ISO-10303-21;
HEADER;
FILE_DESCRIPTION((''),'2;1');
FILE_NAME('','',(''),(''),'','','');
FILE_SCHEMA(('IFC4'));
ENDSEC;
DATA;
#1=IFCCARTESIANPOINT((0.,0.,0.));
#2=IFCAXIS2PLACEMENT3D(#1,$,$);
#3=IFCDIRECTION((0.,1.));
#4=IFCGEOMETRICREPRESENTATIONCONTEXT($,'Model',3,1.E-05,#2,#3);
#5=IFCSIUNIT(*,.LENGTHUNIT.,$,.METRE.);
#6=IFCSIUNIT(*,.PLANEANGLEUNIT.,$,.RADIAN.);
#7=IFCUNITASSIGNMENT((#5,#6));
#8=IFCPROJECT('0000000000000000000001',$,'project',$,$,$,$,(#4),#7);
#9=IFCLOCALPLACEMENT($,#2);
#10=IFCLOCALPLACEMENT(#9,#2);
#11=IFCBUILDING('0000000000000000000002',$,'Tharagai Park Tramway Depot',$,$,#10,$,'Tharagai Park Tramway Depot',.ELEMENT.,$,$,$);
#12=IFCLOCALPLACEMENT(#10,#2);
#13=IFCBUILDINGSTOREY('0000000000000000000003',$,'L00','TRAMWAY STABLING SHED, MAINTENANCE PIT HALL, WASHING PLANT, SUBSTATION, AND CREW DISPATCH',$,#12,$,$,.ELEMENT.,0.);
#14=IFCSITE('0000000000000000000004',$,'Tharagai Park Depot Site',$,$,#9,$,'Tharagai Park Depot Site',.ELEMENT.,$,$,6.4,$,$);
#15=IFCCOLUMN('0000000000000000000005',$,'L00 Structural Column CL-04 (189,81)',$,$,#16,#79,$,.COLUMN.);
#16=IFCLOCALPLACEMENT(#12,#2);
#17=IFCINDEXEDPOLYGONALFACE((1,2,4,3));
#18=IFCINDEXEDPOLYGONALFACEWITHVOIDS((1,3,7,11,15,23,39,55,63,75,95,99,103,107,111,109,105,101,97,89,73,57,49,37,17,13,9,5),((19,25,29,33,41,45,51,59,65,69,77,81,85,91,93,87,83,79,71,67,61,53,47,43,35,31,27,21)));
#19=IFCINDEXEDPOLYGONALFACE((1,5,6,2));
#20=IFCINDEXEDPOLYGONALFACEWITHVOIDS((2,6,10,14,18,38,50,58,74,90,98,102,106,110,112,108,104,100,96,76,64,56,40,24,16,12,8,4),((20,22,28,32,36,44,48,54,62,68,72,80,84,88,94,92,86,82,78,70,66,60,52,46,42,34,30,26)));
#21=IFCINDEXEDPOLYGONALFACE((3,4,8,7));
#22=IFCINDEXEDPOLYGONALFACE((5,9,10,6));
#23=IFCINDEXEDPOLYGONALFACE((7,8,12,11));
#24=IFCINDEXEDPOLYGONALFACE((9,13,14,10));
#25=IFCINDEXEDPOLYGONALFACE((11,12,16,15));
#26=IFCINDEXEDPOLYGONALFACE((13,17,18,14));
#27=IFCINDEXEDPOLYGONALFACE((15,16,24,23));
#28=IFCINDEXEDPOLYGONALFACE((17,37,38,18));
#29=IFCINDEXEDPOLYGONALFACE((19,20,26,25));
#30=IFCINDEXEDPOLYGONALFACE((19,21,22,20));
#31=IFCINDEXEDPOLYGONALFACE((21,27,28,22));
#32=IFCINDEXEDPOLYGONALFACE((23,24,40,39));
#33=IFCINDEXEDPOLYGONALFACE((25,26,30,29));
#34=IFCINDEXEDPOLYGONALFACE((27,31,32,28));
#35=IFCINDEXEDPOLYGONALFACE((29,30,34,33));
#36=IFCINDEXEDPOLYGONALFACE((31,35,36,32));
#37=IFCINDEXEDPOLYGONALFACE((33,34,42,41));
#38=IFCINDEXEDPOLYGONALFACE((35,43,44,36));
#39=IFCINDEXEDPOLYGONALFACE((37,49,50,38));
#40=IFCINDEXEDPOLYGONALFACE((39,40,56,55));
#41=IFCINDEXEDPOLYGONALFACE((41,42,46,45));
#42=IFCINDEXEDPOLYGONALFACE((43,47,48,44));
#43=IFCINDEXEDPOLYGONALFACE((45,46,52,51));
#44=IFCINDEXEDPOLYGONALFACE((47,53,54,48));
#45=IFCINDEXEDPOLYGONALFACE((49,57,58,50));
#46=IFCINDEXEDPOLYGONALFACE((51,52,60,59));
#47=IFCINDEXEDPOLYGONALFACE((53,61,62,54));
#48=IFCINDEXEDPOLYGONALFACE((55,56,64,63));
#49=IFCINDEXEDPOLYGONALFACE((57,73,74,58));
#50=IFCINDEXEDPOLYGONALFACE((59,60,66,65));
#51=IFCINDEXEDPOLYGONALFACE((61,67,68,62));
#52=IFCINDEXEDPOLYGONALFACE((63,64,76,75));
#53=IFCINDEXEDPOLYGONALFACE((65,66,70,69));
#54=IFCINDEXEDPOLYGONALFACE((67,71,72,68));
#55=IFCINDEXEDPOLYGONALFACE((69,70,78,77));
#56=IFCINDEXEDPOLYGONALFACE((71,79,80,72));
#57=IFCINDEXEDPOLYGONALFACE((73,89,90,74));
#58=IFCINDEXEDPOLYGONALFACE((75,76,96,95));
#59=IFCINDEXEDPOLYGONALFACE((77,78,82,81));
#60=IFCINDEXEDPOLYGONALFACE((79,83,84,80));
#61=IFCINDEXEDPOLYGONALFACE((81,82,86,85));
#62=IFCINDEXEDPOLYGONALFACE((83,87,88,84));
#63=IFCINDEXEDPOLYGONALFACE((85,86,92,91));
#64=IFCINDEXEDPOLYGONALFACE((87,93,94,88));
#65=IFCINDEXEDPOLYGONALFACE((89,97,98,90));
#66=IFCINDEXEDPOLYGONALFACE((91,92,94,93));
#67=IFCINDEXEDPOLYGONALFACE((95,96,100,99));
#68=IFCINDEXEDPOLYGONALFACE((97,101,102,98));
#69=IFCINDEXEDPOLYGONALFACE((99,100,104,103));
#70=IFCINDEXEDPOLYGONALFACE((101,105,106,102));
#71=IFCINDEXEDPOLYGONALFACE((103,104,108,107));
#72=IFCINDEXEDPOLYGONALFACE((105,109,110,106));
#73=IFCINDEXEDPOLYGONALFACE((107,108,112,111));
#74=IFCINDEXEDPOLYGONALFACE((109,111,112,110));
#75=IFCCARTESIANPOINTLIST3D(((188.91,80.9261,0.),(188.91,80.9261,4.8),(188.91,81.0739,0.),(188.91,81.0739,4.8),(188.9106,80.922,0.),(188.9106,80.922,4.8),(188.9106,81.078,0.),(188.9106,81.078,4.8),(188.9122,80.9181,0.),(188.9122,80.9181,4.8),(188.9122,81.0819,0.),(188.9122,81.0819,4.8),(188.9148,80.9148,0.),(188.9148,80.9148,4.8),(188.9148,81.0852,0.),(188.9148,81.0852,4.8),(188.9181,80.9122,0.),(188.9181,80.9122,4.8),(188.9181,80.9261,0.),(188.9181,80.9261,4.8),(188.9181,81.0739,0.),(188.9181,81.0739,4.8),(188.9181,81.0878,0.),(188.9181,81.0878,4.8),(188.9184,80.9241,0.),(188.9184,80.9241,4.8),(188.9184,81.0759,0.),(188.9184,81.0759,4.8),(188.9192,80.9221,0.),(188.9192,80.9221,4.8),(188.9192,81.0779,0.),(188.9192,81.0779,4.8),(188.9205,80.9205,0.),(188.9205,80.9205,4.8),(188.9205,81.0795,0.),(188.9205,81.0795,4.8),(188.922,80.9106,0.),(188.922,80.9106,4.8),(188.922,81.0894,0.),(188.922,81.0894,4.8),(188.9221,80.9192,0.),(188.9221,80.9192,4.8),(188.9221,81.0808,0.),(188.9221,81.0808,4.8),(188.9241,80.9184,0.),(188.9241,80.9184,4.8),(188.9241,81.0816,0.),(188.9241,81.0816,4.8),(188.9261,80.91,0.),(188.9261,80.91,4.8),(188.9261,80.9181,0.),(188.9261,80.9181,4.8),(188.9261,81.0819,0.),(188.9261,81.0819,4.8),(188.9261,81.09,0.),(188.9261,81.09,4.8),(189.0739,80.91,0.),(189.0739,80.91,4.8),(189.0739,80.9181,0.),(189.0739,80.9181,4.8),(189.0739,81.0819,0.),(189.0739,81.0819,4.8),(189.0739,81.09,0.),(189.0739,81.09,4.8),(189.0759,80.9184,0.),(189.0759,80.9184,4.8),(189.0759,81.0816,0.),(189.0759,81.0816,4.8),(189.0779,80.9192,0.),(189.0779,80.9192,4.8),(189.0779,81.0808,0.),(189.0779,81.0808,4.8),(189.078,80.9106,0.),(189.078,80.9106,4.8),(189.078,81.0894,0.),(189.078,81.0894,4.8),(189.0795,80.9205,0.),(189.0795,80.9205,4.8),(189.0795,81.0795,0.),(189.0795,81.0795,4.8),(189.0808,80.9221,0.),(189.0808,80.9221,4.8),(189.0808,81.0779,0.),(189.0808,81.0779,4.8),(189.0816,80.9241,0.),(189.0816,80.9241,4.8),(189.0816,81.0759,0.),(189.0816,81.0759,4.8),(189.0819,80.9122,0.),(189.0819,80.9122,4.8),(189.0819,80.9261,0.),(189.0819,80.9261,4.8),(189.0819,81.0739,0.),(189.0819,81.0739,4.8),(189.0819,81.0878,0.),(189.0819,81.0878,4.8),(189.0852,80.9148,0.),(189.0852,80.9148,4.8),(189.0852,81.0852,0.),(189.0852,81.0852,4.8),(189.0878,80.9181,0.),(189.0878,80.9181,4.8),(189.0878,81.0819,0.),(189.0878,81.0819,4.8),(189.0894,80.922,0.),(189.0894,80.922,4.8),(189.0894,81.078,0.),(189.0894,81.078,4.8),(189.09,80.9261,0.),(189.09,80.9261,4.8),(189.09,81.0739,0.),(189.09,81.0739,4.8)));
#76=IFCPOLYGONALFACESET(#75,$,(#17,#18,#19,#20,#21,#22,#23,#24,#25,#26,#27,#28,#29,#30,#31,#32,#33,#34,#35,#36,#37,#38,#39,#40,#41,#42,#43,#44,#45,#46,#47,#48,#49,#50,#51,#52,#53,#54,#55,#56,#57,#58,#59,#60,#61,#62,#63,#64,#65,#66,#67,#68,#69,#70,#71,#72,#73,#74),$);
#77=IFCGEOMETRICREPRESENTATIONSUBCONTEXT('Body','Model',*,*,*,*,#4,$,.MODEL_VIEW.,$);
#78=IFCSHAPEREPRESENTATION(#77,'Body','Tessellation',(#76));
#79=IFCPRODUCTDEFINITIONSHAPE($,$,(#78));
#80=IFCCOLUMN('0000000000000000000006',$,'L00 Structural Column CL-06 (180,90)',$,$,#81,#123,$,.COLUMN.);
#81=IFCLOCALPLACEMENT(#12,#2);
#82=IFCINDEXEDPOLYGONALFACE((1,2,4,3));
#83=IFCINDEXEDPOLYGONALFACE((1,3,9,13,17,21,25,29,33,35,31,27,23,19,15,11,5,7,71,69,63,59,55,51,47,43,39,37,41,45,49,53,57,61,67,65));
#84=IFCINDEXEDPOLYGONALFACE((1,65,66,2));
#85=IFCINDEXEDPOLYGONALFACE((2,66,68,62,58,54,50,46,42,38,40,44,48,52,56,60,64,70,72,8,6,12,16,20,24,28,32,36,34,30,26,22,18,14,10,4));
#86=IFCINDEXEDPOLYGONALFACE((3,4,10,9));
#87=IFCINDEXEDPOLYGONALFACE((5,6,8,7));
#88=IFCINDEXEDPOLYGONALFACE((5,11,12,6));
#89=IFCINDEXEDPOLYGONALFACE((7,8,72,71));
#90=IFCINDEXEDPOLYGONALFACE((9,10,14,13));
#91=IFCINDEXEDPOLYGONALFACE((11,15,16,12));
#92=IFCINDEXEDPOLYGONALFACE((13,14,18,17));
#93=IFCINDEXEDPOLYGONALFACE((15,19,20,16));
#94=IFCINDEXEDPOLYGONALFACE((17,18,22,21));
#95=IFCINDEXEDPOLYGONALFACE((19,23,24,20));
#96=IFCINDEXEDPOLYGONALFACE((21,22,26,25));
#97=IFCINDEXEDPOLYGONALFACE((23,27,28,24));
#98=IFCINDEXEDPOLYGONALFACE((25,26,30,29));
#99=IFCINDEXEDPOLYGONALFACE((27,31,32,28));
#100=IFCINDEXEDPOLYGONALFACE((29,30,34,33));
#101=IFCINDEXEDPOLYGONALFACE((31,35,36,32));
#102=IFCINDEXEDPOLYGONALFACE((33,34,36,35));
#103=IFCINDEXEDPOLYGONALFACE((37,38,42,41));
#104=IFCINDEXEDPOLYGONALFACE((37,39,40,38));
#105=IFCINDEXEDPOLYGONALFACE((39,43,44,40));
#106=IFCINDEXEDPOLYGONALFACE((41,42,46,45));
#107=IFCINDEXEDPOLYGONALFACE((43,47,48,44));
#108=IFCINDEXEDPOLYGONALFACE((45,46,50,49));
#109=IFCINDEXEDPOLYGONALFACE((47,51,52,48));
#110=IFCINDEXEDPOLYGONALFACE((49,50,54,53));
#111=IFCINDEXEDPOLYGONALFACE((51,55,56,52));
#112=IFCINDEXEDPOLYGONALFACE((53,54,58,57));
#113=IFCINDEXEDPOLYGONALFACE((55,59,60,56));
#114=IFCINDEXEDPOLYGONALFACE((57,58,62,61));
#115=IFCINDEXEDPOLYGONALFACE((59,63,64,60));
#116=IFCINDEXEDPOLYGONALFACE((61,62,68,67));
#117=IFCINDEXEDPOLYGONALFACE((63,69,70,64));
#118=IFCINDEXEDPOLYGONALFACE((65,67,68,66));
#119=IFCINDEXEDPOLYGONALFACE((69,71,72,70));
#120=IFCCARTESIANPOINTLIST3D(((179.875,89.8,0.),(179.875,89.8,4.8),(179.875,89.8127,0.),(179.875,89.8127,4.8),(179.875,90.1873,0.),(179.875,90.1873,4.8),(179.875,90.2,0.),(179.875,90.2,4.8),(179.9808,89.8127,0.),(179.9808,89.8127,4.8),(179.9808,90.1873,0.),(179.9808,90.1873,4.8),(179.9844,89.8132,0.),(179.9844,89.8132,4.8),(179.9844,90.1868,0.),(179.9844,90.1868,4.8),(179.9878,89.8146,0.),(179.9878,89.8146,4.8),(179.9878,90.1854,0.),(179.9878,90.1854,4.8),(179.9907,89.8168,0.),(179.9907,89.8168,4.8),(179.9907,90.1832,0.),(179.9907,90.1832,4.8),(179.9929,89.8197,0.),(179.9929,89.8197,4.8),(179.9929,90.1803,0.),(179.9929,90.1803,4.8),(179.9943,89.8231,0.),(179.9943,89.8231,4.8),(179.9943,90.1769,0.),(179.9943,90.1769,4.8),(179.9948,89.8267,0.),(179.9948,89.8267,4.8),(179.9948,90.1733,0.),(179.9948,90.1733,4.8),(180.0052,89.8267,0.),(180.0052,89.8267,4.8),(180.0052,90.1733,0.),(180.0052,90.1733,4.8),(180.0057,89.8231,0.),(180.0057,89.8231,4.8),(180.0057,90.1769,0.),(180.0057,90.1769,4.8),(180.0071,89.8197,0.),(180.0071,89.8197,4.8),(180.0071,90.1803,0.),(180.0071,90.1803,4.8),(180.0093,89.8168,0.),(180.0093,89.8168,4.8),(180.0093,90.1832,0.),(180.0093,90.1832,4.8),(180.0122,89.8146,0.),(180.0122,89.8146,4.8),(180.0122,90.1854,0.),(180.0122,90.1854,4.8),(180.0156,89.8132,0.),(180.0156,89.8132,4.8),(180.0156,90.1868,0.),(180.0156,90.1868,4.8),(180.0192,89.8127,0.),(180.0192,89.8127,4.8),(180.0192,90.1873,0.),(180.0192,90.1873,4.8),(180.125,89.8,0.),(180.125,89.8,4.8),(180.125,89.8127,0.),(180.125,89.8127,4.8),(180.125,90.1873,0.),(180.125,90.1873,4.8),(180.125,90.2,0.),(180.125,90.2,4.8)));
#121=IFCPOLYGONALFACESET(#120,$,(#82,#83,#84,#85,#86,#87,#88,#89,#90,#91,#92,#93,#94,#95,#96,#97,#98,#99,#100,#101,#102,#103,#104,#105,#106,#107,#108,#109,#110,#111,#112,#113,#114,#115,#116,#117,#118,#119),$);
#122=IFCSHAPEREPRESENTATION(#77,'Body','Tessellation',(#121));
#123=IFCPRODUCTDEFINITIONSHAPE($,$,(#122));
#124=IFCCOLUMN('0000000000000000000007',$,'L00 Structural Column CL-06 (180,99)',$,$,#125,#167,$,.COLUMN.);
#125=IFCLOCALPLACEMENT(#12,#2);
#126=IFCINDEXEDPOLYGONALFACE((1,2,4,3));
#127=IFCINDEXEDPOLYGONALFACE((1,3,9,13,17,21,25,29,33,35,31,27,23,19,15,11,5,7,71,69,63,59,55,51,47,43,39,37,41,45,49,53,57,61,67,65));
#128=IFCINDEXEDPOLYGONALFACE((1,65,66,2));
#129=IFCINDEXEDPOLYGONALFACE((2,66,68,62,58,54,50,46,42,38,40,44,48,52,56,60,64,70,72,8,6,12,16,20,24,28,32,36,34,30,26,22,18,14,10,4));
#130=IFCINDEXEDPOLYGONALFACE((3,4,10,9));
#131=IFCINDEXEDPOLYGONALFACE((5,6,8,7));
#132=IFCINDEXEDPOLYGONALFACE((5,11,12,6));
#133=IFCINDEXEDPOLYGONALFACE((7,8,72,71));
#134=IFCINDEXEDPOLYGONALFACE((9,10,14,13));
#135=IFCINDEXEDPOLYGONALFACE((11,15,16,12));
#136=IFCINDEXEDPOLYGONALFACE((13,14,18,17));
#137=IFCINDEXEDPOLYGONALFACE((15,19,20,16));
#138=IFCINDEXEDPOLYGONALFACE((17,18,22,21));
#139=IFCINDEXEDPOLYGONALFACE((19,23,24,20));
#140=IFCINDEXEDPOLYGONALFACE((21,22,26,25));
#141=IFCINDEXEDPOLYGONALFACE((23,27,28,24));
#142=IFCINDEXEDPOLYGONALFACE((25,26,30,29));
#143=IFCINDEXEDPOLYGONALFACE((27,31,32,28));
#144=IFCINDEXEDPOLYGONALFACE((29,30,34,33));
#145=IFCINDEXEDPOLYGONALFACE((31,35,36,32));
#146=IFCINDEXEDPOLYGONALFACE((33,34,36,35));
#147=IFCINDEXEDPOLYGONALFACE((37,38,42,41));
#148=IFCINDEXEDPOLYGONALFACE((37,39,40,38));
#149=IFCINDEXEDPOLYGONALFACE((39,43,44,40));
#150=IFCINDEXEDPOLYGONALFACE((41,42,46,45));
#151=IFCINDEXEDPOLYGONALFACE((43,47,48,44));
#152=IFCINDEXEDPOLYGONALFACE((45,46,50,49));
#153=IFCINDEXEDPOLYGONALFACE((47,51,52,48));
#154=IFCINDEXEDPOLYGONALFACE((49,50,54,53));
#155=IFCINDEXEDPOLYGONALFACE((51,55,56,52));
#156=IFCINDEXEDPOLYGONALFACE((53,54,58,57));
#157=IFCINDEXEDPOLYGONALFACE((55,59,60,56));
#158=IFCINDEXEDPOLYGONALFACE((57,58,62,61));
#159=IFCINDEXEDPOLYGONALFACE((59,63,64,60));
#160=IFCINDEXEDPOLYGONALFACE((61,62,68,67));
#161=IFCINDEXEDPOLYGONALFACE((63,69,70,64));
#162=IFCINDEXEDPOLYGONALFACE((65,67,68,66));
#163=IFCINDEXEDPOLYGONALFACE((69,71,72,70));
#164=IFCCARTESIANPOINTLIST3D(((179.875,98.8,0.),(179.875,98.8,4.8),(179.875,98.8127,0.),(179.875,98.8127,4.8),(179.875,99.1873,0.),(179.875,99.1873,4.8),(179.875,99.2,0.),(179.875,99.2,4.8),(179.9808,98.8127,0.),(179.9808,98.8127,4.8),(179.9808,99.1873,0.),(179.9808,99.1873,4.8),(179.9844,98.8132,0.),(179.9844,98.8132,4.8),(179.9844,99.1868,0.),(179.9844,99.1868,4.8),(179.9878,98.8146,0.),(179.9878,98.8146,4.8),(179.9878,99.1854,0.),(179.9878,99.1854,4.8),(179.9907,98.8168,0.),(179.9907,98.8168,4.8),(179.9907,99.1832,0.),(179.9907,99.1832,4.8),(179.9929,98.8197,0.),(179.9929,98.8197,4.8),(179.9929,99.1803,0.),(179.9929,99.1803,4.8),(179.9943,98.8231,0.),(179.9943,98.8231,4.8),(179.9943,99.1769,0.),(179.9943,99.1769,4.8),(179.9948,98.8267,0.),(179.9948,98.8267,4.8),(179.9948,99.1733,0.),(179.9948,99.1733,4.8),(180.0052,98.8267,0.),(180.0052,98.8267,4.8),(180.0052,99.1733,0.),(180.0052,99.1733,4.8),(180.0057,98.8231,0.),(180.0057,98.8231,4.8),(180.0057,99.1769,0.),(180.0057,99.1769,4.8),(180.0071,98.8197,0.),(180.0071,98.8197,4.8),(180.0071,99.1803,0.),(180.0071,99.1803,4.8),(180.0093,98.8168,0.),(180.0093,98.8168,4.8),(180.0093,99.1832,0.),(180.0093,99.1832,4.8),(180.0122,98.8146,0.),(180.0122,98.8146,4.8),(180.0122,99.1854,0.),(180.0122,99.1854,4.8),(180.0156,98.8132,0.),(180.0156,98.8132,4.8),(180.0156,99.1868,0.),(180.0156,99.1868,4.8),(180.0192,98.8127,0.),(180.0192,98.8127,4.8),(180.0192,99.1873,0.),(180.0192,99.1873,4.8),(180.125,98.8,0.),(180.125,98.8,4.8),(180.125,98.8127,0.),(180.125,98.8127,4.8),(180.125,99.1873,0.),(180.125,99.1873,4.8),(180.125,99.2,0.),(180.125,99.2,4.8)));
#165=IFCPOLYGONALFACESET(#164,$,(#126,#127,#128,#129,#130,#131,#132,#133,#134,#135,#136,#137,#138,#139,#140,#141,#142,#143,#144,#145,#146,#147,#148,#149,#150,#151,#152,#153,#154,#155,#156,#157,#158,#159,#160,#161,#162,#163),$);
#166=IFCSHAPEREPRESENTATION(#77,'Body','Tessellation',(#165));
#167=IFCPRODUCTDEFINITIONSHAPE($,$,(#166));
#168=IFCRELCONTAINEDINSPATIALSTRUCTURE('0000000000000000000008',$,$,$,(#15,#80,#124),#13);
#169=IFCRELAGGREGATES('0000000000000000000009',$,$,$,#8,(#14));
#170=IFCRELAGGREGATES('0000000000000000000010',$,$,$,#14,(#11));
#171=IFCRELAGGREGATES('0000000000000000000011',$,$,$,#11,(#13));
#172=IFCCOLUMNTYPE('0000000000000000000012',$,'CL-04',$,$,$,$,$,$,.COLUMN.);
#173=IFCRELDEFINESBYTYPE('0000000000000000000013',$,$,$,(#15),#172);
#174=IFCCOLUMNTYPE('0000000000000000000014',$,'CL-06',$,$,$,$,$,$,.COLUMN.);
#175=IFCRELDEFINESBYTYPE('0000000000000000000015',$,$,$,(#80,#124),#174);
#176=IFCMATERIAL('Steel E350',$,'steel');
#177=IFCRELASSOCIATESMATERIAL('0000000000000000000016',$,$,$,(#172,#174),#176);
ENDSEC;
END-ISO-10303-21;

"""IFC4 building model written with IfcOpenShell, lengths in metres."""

from ifc_helpers import new_model, si_unit, direction, frame, origin, origin_2d, place, context, subcontext, project, spatial, hollow_rectangle, i_section, extrude, material, material_profile, profile_set, type_object, element, save


model = new_model("IFC4")

# Units and contexts
model_context = context("Model", 3, precision=1e-05, world=origin(), true_north=direction((0.0, 1.0)))
body_context = subcontext(model_context, "Body", "Model", "MODEL_VIEW")
ifc_project = project(units=[si_unit("LENGTHUNIT", "METRE"), si_unit("PLANEANGLEUNIT", "RADIAN")], contexts=[model_context])

# Site, building, storey
site_placement = place(None, origin())
site = spatial("IfcSite", under=ifc_project, at=site_placement, Name="Tharagai Park Depot Site", LongName="Tharagai Park Depot Site", CompositionType="ELEMENT", RefElevation=6.4)
building_placement = place(site_placement, origin())
building = spatial("IfcBuilding", under=site, at=building_placement, Name="Tharagai Park Tramway Depot", LongName="Tharagai Park Tramway Depot", CompositionType="ELEMENT")
storey_placement = place(building_placement, origin())
storey = spatial("IfcBuildingStorey", under=building, at=storey_placement, Name="L00", Description="TRAMWAY STABLING SHED, MAINTENANCE PIT HALL, WASHING PLANT, SUBSTATION, AND CREW DISPATCH", CompositionType="ELEMENT", Elevation=0.0)

# Columns
ifc_material_1 = material(Name="Steel E350", Category="steel")
ifc_material_profile_1 = material_profile(ifc_material_1, hollow_rectangle(XDim=0.1799, YDim=0.1799, WallThickness=0.0081, InnerFilletRadius=0.0081, OuterFilletRadius=0.0161, at=origin_2d()), Name="SHS 180x180x8")
ifc_profile_set_1 = profile_set([ifc_material_profile_1], Name="Steel E350")
column_type_1 = type_object("IfcColumnType", Name="CL-04", PredefinedType="COLUMN", material=ifc_profile_set_1)
for number, where, z_axis, x_axis, name in (
    (1, (189.0, 81.0, 0.0), (0.0, 0.0, 1.0), (1.0, 0.0, 0.0), "L00 Structural Column CL-04 (189,81)"),
):
    element("IfcColumn", number, at=place(storey_placement, frame(where, z_axis=z_axis, x_axis=x_axis)), inside=storey, type_object=column_type_1, Name=name, PredefinedType="COLUMN", context=body_context, shape_type="SweptSolid", body=[
        extrude(hollow_rectangle(XDim=0.1799, YDim=0.1799, WallThickness=0.0081, InnerFilletRadius=0.0081, OuterFilletRadius=0.0161, at=origin_2d()), origin(), (0.0, 0.0, 1.0), 4.8),
    ])
ifc_material_profile_2 = material_profile(ifc_material_1, i_section(OverallWidth=0.25, OverallDepth=0.3999, WebThickness=0.0105, FlangeThickness=0.0127, FilletRadius=0.0139, at=origin_2d()), Name="ISHB 400")
ifc_profile_set_2 = profile_set([ifc_material_profile_2], Name="Steel E350")
column_type_2 = type_object("IfcColumnType", Name="CL-06", PredefinedType="COLUMN", material=ifc_profile_set_2)
for number, where, z_axis, x_axis, name in (
    (2, (180.0, 90.0, 0.0), (0.0, 0.0, 1.0), (1.0, 0.0, 0.0), "L00 Structural Column CL-06 (180,90)"),
    (3, (180.0, 99.0, 0.0), (0.0, 0.0, 1.0), (1.0, 0.0, 0.0), "L00 Structural Column CL-06 (180,99)"),
):
    element("IfcColumn", number, at=place(storey_placement, frame(where, z_axis=z_axis, x_axis=x_axis)), inside=storey, type_object=column_type_2, Name=name, PredefinedType="COLUMN", context=body_context, shape_type="SweptSolid", body=[
        extrude(i_section(OverallWidth=0.25, OverallDepth=0.3999, WebThickness=0.0105, FlangeThickness=0.0127, FilletRadius=0.0139, at=origin_2d()), origin(), (0.0, 0.0, 1.0), 4.8),
    ])

save(model, "model.ifc")
